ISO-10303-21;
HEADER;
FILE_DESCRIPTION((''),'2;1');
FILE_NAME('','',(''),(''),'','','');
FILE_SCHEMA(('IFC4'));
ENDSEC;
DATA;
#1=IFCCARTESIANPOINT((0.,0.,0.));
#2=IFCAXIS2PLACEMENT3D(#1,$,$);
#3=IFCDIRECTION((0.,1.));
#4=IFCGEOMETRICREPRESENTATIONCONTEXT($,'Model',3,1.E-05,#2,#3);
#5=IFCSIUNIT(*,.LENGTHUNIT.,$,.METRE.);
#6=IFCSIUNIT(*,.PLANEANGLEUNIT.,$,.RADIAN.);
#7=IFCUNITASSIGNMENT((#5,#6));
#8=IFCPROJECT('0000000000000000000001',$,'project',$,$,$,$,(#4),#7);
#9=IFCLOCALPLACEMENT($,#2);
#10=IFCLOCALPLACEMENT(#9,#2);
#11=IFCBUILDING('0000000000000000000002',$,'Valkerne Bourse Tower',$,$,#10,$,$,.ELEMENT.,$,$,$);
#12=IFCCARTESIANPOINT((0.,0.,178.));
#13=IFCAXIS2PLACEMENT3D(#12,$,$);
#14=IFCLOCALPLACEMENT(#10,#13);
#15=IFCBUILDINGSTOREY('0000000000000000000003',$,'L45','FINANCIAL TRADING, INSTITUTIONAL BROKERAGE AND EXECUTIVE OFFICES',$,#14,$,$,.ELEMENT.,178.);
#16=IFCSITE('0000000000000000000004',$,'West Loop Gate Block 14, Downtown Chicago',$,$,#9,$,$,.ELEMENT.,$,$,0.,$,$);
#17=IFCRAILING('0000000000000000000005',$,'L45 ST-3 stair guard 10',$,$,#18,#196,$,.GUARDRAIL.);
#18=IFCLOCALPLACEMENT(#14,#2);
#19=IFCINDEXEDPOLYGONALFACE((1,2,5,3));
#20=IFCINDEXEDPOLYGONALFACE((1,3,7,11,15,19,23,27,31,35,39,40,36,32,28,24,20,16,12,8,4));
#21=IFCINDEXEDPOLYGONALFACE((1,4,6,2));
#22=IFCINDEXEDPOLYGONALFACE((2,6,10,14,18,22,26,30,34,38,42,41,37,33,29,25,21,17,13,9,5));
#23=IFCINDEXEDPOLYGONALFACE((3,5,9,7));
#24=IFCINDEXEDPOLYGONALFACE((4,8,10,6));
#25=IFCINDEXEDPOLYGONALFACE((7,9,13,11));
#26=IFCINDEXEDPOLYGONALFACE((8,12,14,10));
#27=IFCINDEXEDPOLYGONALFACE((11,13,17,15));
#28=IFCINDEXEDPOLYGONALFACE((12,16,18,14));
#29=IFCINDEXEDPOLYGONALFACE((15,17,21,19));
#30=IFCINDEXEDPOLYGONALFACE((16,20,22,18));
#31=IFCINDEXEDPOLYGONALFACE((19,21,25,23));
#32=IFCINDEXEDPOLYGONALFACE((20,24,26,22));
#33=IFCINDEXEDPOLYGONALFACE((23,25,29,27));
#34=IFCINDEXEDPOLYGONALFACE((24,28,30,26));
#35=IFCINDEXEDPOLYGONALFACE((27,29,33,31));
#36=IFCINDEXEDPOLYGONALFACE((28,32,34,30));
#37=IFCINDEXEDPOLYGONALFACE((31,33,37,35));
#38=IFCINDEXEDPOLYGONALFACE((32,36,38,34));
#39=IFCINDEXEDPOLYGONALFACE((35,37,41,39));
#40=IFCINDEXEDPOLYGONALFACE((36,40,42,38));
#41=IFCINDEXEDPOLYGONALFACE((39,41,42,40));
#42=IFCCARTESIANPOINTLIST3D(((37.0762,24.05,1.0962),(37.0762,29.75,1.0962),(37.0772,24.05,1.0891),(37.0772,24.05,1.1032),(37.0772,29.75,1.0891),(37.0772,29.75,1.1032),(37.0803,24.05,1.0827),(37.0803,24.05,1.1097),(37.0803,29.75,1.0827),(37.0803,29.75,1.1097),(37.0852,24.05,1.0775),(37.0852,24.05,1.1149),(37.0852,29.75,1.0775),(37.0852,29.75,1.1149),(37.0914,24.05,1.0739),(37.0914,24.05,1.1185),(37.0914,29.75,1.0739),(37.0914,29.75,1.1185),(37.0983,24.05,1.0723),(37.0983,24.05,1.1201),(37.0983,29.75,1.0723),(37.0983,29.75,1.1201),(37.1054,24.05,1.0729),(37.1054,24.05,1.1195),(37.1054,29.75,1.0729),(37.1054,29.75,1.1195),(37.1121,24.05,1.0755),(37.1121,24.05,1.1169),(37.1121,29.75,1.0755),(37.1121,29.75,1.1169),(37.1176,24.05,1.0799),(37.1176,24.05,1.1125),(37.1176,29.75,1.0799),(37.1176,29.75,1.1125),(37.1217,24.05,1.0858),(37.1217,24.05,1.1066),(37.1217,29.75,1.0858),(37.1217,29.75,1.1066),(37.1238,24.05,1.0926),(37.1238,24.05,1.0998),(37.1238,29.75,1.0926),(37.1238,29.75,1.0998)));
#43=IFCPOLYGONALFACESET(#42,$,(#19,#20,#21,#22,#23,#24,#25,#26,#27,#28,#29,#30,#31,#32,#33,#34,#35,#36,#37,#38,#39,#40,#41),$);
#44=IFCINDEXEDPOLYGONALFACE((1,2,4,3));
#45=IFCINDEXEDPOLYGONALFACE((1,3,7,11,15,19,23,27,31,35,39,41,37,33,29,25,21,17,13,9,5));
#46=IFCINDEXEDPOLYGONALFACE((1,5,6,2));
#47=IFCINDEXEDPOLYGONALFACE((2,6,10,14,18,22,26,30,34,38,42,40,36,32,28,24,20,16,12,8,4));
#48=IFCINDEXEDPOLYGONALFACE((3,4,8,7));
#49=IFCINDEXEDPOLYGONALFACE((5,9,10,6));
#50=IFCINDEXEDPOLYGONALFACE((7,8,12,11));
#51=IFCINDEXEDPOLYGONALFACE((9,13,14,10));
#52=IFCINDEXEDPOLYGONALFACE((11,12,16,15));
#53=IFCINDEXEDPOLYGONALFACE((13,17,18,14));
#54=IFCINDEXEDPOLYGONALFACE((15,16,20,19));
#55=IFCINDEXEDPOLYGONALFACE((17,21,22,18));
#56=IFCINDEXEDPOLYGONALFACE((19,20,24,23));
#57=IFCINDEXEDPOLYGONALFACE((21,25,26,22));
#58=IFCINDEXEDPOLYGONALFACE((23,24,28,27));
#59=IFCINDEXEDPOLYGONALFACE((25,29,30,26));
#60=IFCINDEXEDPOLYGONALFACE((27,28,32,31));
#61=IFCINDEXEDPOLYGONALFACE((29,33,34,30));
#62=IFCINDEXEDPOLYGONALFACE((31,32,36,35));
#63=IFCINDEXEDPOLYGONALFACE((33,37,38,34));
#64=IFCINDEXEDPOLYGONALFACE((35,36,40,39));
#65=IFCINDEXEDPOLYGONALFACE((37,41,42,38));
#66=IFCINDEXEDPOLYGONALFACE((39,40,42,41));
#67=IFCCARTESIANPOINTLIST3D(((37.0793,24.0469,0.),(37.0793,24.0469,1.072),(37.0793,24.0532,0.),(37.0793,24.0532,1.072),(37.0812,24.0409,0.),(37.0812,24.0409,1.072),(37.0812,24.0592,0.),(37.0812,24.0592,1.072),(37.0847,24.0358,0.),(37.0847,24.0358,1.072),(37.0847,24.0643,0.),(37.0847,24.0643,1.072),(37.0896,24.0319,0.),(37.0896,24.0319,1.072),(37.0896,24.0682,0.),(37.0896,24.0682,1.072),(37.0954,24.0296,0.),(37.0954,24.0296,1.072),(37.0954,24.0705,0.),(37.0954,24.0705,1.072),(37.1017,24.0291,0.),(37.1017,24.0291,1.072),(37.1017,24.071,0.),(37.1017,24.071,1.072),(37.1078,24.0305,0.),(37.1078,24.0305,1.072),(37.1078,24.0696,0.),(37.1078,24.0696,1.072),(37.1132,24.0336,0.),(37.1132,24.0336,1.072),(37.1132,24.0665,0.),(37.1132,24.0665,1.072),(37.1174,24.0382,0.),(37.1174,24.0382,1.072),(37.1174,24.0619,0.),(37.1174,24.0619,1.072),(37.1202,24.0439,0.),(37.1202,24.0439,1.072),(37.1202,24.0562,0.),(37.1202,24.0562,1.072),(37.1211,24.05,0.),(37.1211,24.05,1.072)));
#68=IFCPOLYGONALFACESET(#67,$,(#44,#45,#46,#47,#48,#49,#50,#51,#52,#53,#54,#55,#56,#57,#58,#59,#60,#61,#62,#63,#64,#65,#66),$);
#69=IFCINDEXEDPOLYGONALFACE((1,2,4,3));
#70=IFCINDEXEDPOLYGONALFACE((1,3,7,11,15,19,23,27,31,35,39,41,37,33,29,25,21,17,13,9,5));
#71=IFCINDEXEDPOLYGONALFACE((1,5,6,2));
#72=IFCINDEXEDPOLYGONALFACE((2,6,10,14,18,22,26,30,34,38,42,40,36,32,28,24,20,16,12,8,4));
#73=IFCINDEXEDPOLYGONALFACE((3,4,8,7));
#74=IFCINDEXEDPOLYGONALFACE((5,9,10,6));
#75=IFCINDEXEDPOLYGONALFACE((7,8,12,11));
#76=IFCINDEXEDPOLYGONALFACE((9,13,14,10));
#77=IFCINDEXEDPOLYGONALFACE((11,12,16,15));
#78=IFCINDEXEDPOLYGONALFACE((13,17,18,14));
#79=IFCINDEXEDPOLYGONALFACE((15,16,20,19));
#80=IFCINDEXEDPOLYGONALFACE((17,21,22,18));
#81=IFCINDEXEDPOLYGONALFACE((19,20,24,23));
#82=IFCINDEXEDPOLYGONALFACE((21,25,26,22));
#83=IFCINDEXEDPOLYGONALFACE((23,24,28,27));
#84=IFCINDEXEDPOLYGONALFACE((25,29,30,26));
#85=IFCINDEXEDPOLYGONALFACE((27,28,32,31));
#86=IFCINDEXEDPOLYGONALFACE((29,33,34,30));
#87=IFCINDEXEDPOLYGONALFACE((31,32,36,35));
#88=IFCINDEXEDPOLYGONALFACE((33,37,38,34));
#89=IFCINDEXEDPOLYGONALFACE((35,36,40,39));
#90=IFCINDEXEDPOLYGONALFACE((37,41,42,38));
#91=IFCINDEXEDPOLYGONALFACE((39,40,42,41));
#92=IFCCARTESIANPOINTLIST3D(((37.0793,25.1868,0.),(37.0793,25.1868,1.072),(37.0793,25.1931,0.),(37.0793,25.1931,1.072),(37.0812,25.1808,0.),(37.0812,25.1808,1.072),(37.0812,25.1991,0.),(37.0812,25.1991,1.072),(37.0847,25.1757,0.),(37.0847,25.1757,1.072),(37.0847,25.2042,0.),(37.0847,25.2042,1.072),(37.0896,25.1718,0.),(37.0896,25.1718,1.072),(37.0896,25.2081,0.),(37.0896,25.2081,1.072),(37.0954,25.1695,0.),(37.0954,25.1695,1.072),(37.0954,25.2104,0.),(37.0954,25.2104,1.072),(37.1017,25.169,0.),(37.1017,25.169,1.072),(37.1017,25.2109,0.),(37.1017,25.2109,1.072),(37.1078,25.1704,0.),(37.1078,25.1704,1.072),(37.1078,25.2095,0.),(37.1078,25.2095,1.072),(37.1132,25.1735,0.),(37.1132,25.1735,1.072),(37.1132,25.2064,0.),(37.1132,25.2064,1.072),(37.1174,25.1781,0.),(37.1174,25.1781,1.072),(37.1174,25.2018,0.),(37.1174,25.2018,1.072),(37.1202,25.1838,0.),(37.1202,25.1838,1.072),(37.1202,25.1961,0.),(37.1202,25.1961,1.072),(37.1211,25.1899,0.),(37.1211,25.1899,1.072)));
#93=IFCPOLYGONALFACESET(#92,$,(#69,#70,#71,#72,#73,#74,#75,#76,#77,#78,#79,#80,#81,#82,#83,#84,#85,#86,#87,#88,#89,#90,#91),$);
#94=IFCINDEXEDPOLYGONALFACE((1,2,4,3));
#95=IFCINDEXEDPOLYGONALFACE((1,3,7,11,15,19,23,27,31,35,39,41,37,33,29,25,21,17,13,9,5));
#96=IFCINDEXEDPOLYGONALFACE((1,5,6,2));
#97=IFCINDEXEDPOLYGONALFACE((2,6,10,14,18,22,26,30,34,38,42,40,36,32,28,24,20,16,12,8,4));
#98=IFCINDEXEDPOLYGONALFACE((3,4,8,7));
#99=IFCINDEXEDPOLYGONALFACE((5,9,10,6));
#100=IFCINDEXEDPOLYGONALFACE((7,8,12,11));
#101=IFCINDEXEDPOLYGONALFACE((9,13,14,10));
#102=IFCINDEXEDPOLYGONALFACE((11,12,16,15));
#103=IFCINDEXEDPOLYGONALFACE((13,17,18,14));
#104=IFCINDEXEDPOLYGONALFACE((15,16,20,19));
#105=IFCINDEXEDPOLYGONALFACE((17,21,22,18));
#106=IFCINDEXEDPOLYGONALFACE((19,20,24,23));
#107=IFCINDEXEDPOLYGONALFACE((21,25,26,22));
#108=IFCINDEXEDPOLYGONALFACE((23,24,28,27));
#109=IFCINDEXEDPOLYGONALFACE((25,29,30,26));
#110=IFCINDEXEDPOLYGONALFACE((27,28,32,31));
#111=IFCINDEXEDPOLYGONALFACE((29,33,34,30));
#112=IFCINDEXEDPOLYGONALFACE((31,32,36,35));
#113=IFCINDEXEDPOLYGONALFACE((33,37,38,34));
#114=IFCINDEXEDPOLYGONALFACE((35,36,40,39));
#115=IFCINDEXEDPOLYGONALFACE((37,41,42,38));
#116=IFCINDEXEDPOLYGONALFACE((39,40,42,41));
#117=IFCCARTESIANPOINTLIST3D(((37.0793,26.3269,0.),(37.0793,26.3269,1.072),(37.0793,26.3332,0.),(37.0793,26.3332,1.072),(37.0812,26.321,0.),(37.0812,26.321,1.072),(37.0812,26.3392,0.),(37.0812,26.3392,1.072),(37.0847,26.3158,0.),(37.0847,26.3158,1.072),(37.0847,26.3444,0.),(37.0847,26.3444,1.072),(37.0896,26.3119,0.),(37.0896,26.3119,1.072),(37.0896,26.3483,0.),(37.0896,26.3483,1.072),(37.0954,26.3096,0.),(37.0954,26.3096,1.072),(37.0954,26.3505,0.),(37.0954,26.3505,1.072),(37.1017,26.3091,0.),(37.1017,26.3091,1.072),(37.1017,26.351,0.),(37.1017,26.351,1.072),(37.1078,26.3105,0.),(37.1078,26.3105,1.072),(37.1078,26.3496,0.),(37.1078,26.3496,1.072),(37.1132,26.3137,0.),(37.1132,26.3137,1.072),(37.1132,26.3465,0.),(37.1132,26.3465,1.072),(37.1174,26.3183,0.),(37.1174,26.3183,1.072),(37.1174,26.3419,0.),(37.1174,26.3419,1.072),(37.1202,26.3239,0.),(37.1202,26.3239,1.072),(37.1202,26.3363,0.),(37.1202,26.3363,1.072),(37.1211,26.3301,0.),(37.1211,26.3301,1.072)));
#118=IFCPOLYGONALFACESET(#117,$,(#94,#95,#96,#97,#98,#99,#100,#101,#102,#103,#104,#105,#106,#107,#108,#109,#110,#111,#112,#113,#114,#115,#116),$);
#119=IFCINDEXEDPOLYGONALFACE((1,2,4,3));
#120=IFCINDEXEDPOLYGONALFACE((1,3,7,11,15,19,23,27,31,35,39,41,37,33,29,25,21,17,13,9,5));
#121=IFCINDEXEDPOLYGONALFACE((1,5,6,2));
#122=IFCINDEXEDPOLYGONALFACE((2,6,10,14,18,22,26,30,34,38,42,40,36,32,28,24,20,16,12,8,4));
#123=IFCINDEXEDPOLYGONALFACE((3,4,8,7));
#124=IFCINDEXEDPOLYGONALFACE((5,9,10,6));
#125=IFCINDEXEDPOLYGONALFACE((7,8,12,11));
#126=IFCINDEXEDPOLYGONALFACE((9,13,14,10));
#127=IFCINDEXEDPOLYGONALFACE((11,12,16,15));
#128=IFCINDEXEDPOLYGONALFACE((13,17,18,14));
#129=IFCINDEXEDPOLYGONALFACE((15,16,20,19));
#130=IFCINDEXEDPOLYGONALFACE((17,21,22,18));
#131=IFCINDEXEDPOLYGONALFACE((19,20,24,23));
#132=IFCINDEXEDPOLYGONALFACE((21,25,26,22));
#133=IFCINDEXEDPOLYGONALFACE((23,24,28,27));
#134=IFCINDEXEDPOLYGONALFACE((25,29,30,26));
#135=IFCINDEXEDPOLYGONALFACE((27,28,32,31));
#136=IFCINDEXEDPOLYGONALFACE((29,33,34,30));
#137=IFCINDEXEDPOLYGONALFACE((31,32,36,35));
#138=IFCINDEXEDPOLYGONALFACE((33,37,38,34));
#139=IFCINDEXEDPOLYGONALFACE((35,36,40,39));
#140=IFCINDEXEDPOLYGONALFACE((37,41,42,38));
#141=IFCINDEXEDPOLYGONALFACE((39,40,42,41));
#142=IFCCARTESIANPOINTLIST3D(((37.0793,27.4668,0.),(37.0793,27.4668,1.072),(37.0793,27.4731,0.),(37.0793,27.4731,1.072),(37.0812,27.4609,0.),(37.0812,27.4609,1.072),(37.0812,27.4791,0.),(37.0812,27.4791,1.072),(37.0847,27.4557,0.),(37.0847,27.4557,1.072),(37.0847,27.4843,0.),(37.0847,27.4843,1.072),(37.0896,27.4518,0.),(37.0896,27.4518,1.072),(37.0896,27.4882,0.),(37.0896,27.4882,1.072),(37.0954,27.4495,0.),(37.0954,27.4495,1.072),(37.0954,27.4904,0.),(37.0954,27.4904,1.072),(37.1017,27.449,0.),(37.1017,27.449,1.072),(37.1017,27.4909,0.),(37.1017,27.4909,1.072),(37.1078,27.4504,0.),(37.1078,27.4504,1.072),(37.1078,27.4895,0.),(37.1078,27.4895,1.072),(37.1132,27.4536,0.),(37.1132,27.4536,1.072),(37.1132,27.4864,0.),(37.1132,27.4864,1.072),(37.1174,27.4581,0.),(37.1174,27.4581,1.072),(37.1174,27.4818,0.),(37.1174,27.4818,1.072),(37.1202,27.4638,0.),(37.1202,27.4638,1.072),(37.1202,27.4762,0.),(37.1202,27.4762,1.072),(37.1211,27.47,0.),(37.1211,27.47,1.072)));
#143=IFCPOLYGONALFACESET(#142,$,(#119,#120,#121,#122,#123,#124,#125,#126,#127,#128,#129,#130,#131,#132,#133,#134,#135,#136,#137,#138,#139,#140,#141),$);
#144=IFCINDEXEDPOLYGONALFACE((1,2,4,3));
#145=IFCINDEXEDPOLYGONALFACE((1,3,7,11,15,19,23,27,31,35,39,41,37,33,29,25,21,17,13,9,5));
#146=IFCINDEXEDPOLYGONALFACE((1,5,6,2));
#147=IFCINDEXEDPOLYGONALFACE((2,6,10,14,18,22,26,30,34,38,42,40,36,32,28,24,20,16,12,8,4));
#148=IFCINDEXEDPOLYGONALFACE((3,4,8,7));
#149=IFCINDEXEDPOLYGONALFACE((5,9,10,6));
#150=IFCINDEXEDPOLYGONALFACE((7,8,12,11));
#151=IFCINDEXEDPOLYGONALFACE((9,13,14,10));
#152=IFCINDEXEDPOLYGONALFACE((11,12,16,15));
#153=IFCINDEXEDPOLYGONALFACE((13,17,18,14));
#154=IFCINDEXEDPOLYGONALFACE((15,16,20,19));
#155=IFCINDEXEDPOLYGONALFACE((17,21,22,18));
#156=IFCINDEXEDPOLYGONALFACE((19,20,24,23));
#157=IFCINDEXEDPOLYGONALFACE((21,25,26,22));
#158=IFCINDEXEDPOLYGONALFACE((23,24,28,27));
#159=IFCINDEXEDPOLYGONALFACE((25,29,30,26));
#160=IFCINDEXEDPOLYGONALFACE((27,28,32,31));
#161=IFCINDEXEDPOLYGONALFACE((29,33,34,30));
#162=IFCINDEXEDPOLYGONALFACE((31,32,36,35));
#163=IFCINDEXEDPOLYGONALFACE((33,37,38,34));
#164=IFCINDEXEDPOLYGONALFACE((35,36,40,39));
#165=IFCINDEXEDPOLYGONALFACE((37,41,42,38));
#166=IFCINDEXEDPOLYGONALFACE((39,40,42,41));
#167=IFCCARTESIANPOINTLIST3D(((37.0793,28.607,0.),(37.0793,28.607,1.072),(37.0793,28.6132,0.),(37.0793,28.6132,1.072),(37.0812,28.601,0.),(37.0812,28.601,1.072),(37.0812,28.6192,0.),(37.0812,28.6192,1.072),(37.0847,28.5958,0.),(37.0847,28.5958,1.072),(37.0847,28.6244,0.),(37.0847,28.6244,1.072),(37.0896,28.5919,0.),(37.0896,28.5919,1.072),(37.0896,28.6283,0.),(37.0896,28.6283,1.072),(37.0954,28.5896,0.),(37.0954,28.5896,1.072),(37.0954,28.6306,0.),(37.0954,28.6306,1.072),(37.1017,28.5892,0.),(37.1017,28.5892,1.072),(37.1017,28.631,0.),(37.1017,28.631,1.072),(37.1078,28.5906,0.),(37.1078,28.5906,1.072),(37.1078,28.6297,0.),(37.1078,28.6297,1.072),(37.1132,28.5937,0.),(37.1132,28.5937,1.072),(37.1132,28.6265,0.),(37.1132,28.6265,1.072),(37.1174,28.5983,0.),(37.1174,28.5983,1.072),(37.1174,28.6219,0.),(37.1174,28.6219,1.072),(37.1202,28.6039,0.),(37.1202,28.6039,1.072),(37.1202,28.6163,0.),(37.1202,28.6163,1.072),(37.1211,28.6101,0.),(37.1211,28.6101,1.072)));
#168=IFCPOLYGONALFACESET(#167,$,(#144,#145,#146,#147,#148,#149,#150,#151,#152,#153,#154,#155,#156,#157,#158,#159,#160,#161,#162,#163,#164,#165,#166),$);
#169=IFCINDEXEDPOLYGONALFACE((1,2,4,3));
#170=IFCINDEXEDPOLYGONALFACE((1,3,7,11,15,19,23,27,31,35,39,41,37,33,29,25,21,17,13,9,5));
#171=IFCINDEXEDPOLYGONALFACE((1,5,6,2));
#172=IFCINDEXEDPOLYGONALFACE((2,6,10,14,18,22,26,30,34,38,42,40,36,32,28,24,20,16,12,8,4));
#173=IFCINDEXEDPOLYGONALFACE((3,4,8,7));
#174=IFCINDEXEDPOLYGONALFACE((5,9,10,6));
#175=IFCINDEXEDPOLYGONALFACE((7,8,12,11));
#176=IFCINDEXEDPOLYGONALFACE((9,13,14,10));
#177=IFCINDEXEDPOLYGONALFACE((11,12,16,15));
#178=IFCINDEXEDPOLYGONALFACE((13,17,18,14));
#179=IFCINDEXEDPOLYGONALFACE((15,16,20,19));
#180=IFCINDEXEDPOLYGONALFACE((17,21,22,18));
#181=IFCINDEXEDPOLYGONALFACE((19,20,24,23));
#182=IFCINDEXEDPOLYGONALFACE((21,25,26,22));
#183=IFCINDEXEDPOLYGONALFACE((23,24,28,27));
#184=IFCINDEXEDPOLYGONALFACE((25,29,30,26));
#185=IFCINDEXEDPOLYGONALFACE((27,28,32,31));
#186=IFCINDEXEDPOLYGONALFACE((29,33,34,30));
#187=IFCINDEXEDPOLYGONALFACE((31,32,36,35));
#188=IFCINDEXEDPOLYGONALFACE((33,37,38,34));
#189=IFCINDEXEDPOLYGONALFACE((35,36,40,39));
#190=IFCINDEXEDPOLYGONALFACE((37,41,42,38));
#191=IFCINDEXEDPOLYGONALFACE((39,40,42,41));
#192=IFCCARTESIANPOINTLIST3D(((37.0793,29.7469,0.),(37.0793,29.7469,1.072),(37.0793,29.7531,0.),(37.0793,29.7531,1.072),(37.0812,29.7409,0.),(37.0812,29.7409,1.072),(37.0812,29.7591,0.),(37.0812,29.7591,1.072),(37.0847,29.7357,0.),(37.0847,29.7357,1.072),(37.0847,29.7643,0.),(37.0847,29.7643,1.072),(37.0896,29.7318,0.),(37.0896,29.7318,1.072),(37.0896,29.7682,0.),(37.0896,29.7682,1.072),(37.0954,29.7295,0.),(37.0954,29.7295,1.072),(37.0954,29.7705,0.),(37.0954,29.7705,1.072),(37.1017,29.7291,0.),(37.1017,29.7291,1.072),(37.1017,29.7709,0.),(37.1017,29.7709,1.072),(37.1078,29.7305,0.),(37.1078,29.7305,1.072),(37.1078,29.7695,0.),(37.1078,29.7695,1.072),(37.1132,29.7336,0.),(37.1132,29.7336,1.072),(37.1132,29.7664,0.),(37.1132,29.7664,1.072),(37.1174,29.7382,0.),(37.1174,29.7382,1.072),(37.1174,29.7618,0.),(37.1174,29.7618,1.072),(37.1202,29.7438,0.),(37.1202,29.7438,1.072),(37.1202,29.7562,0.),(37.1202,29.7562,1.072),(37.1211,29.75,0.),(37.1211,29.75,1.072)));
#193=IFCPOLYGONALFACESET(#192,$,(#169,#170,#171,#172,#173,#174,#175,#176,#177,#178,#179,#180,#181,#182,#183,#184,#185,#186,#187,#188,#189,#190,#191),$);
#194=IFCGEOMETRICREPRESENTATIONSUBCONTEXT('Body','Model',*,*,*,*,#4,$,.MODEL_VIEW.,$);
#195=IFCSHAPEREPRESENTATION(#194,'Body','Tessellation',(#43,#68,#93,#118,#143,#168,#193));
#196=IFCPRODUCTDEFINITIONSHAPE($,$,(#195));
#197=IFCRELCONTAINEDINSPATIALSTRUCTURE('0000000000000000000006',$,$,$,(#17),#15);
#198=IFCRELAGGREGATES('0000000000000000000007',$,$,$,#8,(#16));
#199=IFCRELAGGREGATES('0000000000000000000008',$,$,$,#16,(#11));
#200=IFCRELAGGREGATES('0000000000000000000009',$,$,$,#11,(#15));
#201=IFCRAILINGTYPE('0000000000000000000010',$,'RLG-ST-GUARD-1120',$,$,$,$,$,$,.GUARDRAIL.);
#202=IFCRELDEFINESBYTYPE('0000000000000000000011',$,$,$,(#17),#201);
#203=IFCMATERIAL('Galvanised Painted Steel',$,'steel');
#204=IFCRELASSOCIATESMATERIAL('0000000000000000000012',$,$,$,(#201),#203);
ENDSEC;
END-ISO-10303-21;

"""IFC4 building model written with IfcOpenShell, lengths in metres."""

from ifc_helpers import new_model, si_unit, direction, frame, origin, origin_2d, place, context, subcontext, project, spatial, circle, extrude, material, type_object, element, save


model = new_model("IFC4")

# Units and contexts
model_context = context("Model", 3, precision=1e-05, world=origin(), true_north=direction((0.0, 1.0)))
body_context = subcontext(model_context, "Body", "Model", "MODEL_VIEW")
ifc_project = project(units=[si_unit("LENGTHUNIT", "METRE"), si_unit("PLANEANGLEUNIT", "RADIAN")], contexts=[model_context])

# Site, building, storey
site_placement = place(None, origin())
site = spatial("IfcSite", under=ifc_project, at=site_placement, Name="West Loop Gate Block 14, Downtown Chicago", CompositionType="ELEMENT", RefElevation=0.0)
building_placement = place(site_placement, origin())
building = spatial("IfcBuilding", under=site, at=building_placement, Name="Valkerne Bourse Tower", CompositionType="ELEMENT")
storey_placement = place(building_placement, frame((0.0, 0.0, 178.0)))
storey = spatial("IfcBuildingStorey", under=building, at=storey_placement, Name="L45", Description="FINANCIAL TRADING, INSTITUTIONAL BROKERAGE AND EXECUTIVE OFFICES", CompositionType="ELEMENT", Elevation=178.0)

# Railing
ifc_material_1 = material(Name="Galvanised Painted Steel", Category="steel")
railing_type_1 = type_object("IfcRailingType", Name="RLG-ST-GUARD-1120", PredefinedType="GUARDRAIL", material=ifc_material_1)
for number, where, name in (
    (1, (37.1001, 24.05, 0.0), "L45 ST-3 stair guard 10"),
):
    element("IfcRailing", number, at=place(storey_placement, frame(where)), inside=storey, type_object=railing_type_1, Name=name, PredefinedType="GUARDRAIL", context=body_context, shape_type="SweptSolid", body=[
        extrude(circle(Radius=0.0239, at=origin_2d()), frame((0.0, 0.0, 1.0962), z_axis=(0.0, 1.0, 0.0), x_axis=(-1.0, 0.0, 0.0)), (0.0, 0.0, 1.0), 5.7),
        extrude(circle(Radius=0.021, at=origin_2d()), origin(), (0.0, 0.0, 1.0), 1.072),
        extrude(circle(Radius=0.021, at=origin_2d()), frame((0.0, 1.1399, 0.0)), (0.0, 0.0, 1.0), 1.072),
        extrude(circle(Radius=0.021, at=origin_2d()), frame((0.0, 2.28, 0.0)), (0.0, 0.0, 1.0), 1.072),
        extrude(circle(Radius=0.021, at=origin_2d()), frame((0.0, 3.4199, 0.0)), (0.0, 0.0, 1.0), 1.072),
        extrude(circle(Radius=0.021, at=origin_2d()), frame((0.0, 4.5601, 0.0)), (0.0, 0.0, 1.0), 1.072),
        extrude(circle(Radius=0.021, at=origin_2d()), frame((0.0, 5.7, 0.0)), (0.0, 0.0, 1.0), 1.072),
    ])

save(model, "model.ifc")
